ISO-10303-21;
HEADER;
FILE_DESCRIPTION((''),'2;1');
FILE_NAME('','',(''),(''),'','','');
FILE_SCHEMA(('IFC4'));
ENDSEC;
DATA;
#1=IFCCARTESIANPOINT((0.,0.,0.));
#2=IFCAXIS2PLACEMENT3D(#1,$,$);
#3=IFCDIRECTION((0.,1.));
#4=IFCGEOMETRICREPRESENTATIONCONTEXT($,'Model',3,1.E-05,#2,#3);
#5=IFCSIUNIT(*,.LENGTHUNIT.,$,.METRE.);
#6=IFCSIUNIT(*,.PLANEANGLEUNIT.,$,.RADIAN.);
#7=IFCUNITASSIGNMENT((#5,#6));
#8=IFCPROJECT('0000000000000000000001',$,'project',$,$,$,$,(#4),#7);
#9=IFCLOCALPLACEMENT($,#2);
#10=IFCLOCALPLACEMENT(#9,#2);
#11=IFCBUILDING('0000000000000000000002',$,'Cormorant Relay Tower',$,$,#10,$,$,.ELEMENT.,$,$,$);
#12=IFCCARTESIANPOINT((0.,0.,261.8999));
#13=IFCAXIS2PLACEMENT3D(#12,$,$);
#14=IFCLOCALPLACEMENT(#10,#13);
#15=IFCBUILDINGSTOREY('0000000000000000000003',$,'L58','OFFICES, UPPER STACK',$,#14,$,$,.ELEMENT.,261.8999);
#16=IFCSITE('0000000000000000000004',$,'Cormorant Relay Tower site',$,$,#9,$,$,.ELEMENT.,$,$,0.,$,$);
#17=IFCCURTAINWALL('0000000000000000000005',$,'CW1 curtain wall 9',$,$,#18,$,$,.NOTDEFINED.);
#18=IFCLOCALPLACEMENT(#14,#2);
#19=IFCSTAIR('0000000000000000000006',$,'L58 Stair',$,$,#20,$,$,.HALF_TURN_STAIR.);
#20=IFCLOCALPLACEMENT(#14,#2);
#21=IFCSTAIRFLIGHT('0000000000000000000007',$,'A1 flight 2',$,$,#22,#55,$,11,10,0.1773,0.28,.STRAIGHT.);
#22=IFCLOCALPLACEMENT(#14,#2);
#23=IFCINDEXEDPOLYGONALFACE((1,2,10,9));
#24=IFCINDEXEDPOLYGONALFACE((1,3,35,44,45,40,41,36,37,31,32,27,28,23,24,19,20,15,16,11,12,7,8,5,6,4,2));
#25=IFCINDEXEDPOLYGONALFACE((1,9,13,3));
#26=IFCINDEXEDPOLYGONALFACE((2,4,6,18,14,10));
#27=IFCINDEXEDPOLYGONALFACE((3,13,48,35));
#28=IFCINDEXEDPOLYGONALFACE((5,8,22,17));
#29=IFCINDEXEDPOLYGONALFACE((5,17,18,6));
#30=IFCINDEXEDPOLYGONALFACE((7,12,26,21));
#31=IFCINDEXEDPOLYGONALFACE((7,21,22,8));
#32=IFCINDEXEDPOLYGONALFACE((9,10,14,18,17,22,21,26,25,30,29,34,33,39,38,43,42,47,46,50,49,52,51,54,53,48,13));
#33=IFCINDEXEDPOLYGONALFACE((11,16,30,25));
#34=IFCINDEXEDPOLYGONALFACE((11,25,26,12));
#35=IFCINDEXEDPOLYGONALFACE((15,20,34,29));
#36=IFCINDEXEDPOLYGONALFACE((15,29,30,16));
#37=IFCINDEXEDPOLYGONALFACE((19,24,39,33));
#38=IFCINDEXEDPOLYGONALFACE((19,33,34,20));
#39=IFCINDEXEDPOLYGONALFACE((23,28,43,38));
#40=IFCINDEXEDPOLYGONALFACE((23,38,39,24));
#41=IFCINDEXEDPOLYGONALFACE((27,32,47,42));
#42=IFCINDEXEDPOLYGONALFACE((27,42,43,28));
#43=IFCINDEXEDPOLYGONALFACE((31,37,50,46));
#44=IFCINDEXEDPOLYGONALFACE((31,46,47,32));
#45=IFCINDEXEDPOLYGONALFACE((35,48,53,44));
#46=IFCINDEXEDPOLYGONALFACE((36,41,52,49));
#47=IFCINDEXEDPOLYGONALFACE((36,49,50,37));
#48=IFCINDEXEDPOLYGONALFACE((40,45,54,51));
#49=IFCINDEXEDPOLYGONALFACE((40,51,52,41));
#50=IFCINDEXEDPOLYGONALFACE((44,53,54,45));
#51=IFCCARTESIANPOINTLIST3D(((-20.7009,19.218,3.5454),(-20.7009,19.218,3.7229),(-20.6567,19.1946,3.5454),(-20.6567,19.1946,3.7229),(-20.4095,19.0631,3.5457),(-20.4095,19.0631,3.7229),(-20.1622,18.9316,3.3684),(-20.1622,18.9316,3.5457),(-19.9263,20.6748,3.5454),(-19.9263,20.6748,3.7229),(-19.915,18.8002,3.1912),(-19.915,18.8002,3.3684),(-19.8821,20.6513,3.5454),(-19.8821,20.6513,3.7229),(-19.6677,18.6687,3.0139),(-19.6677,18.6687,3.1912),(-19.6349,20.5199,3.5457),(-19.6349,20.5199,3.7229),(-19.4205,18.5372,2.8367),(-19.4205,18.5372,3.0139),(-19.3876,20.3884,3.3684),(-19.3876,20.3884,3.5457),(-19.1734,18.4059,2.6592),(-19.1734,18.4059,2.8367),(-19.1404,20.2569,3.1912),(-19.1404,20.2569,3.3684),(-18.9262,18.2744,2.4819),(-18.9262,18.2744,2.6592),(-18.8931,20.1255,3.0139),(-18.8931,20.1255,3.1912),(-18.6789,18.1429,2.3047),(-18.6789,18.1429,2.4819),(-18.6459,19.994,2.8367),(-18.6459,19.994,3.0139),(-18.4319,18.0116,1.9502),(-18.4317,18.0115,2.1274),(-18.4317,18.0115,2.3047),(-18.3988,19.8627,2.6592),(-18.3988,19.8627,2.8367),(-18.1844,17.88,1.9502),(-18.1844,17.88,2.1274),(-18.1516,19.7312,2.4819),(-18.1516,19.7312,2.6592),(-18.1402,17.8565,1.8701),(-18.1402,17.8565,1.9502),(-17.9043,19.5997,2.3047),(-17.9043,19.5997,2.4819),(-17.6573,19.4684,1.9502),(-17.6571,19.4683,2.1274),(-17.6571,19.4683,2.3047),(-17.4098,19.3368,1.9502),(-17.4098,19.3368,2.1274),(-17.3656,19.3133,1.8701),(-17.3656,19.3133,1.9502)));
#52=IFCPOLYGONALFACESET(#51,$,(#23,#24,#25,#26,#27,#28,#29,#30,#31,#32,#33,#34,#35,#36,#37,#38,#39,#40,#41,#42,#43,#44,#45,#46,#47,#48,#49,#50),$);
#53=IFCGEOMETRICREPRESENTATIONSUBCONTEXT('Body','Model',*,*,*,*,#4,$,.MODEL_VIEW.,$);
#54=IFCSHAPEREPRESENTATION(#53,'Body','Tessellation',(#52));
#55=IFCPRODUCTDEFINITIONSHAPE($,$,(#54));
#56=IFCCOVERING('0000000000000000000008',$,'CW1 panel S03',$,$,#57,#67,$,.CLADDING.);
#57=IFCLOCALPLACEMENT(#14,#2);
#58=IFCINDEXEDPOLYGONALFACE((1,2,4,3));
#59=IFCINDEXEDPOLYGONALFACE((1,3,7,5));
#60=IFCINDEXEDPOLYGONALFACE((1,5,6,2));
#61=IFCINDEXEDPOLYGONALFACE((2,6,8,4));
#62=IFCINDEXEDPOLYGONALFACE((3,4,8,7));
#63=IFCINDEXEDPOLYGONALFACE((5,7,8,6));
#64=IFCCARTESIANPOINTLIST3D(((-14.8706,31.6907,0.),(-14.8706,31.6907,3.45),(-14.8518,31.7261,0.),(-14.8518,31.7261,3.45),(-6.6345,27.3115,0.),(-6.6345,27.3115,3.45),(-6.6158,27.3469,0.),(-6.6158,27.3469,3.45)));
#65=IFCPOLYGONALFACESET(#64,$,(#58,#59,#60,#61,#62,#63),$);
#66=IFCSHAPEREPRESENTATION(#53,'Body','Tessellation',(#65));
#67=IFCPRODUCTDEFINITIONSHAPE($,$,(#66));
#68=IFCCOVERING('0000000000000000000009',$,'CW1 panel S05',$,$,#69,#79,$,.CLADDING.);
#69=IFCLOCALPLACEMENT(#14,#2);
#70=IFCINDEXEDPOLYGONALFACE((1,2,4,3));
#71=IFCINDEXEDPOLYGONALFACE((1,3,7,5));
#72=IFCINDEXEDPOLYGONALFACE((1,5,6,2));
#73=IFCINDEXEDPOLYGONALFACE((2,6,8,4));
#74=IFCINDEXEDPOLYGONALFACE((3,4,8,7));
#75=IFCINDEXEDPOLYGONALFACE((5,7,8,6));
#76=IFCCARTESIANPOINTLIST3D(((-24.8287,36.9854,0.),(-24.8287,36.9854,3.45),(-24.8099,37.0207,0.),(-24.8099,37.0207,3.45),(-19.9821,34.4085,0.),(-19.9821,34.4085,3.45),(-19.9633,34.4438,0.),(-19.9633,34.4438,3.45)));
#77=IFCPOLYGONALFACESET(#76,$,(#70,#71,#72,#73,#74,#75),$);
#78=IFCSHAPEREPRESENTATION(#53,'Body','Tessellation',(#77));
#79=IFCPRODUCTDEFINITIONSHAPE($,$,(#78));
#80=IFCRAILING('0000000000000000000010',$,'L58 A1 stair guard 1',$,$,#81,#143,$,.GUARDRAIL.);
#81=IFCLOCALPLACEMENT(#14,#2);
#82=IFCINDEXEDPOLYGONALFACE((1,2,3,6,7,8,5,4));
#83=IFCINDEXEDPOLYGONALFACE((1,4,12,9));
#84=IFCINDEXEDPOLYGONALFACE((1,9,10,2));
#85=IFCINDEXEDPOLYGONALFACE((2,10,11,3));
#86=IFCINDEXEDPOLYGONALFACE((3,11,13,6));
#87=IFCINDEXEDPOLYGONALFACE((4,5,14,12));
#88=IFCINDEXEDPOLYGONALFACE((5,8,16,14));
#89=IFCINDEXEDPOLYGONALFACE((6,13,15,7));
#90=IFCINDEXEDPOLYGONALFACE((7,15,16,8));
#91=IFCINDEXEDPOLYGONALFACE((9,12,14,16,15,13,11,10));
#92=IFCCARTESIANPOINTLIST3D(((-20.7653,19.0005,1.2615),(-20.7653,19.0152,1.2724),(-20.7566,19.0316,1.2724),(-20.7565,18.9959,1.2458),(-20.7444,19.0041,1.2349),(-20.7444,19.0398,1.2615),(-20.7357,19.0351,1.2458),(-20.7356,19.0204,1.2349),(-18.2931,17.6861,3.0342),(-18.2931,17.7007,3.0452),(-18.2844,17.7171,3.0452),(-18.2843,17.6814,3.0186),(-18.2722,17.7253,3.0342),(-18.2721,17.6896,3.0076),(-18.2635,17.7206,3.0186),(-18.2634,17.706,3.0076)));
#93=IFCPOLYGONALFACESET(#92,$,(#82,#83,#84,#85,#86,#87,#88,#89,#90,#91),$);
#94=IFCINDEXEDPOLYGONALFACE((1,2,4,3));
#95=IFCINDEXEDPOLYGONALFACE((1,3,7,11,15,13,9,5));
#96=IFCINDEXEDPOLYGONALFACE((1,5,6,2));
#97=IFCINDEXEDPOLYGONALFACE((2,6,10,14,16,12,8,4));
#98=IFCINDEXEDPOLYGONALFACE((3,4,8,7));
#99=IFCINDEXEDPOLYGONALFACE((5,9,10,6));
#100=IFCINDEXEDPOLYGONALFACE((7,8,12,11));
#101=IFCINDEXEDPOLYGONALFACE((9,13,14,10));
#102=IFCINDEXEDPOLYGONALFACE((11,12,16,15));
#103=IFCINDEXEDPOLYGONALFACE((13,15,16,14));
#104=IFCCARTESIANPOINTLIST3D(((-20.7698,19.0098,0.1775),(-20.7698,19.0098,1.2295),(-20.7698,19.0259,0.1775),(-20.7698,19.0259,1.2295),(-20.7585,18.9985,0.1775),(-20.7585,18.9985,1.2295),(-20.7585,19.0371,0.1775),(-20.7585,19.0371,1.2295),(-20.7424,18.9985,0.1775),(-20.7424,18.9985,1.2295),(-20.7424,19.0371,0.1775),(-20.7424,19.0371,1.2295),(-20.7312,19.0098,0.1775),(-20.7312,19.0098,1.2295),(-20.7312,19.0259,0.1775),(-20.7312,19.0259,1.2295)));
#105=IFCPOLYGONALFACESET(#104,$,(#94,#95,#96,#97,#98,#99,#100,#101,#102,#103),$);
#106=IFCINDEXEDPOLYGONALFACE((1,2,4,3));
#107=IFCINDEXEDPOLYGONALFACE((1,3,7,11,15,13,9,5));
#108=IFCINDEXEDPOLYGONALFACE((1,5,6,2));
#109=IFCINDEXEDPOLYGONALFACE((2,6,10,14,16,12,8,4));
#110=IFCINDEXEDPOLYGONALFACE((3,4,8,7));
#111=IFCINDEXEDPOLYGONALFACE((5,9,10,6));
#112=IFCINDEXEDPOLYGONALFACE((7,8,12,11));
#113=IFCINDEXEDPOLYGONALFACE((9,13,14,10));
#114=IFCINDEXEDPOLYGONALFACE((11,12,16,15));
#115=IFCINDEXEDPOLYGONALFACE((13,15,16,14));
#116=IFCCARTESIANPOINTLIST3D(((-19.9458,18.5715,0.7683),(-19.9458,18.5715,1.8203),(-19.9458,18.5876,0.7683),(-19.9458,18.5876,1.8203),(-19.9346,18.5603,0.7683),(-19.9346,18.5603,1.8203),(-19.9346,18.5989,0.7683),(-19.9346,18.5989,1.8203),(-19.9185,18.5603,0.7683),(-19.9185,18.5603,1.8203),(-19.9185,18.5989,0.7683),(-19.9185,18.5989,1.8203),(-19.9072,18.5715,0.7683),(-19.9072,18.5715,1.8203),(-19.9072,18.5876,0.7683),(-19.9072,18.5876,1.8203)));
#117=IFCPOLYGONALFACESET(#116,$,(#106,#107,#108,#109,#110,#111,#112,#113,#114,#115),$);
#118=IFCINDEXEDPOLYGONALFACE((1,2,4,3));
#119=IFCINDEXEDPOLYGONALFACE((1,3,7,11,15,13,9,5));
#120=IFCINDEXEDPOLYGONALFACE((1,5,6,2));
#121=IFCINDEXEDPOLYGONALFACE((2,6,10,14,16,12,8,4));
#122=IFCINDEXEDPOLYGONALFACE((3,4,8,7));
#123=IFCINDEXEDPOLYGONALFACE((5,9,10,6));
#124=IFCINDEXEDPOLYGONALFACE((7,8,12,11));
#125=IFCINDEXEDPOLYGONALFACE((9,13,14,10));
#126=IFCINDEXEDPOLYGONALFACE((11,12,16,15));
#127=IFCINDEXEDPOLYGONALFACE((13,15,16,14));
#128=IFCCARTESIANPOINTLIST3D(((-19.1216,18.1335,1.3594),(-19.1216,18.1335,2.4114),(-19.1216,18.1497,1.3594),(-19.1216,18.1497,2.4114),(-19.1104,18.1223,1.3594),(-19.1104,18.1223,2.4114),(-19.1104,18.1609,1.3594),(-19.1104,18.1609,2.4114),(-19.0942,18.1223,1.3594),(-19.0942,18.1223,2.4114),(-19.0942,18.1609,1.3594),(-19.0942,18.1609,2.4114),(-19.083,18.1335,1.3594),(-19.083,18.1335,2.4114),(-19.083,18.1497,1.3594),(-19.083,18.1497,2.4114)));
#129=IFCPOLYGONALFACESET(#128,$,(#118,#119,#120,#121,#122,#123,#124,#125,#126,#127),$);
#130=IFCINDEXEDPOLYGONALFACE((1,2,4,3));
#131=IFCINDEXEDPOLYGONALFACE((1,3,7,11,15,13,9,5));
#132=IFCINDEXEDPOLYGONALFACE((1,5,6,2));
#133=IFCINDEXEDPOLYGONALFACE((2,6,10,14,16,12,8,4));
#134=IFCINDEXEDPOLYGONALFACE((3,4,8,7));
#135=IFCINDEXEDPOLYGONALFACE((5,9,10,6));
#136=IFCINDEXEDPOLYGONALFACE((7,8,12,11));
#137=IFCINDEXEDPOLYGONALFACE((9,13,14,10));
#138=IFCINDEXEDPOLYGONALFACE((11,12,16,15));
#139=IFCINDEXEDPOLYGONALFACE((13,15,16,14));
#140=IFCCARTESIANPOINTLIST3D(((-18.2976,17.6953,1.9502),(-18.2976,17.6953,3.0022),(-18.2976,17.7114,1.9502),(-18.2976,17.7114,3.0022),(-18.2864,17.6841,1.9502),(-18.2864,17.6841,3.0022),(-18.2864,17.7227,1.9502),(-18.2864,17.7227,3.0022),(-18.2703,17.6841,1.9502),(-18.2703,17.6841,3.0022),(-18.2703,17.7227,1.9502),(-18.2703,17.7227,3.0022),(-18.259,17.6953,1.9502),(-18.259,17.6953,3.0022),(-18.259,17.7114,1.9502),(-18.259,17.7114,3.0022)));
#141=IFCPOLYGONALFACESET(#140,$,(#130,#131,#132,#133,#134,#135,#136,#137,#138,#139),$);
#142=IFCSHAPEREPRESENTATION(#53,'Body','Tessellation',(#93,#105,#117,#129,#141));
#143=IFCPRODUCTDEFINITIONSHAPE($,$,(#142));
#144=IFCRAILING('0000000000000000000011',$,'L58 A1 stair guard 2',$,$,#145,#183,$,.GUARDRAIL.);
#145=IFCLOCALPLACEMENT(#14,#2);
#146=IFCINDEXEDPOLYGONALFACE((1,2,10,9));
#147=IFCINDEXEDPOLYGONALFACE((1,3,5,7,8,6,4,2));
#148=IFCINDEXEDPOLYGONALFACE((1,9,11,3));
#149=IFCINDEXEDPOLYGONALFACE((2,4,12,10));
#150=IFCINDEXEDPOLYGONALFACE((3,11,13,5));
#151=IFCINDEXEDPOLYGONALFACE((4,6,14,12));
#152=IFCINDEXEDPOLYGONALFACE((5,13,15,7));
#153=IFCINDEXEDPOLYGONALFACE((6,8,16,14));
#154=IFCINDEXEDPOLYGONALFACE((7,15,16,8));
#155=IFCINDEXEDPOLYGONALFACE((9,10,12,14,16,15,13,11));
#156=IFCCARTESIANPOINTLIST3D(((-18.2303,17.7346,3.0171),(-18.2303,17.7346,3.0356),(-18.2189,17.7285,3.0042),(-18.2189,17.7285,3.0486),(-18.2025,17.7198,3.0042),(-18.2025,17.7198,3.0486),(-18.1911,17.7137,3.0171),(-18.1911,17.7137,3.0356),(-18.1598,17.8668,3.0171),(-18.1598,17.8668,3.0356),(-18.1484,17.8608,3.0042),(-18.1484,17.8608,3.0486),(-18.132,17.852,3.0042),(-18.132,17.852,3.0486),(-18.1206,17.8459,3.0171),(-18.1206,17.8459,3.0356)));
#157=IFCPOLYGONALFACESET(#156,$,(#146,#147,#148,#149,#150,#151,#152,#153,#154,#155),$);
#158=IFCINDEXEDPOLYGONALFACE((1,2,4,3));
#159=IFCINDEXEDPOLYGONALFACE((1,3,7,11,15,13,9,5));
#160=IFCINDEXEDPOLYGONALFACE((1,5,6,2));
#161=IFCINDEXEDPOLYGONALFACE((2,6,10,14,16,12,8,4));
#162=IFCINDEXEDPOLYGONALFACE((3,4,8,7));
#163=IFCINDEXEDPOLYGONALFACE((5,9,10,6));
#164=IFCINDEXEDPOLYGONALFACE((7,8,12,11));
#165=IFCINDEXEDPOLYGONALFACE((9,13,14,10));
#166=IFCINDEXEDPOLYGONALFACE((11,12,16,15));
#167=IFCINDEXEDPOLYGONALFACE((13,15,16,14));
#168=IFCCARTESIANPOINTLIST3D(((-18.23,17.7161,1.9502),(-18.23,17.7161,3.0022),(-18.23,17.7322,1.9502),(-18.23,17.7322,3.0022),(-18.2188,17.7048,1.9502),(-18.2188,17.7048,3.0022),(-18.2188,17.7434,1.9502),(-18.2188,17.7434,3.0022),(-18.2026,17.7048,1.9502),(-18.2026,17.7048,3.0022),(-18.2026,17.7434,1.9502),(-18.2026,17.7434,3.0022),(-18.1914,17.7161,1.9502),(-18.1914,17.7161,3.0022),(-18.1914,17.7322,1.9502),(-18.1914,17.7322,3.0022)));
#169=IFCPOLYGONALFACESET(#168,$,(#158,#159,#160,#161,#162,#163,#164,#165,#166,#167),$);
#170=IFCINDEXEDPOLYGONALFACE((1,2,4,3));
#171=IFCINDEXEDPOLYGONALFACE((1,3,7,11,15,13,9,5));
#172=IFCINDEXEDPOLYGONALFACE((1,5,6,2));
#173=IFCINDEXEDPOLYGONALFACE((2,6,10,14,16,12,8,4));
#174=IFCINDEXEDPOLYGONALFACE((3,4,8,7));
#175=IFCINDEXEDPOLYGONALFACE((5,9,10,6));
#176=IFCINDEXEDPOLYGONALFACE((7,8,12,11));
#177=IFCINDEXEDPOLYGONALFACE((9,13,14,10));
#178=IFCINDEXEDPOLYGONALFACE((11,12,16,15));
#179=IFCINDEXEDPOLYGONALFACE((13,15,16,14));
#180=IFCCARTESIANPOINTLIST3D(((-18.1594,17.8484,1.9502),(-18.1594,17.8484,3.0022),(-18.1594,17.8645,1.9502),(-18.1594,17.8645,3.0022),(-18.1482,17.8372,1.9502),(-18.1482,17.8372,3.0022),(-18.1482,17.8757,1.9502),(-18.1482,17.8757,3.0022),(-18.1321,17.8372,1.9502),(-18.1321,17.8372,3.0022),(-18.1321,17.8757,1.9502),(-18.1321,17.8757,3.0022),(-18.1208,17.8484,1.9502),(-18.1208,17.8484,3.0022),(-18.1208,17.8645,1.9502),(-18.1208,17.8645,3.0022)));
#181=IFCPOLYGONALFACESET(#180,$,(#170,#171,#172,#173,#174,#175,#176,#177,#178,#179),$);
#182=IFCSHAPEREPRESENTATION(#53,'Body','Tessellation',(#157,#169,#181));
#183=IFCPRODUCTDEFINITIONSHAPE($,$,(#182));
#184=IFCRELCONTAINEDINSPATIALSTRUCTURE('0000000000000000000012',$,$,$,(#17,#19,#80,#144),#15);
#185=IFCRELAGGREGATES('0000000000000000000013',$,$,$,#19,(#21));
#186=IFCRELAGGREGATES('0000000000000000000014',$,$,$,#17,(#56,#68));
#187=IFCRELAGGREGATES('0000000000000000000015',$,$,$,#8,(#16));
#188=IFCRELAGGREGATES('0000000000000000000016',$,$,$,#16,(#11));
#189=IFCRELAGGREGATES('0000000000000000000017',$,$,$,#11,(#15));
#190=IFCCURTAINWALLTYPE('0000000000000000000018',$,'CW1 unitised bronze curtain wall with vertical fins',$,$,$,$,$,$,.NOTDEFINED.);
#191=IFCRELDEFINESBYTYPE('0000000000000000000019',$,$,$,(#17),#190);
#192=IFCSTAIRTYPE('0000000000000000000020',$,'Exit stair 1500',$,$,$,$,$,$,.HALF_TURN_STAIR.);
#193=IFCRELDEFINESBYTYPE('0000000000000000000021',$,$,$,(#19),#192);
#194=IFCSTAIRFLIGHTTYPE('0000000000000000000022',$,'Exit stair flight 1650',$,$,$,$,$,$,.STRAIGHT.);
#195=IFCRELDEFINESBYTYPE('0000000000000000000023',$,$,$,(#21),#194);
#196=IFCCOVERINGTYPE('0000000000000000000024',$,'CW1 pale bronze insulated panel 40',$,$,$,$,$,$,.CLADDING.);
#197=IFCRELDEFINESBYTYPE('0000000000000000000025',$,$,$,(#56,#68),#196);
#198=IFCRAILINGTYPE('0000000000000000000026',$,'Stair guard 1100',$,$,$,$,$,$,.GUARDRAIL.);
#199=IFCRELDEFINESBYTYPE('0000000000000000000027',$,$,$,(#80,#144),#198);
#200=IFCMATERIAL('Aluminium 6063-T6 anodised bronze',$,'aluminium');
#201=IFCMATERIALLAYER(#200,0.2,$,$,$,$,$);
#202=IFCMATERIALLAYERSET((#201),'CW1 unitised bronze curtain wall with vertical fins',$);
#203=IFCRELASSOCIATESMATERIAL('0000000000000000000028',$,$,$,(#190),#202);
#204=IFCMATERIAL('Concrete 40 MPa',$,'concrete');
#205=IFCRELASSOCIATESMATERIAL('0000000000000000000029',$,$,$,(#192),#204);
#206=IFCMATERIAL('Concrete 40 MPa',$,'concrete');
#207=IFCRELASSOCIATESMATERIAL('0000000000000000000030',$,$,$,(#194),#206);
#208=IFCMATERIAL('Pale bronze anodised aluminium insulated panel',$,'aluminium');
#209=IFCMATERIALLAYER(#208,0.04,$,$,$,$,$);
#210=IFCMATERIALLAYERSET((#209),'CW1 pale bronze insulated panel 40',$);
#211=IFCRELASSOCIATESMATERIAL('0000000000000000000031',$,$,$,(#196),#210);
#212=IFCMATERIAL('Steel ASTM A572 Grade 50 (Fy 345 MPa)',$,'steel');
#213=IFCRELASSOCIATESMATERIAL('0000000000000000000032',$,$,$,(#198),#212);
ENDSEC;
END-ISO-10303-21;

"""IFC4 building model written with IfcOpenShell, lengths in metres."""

from ifc_helpers import new_model, si_unit, direction, frame, origin, origin_2d, place, context, subcontext, project, spatial, polyline, rectangle, outline, extrude, material, layer, layer_set, type_object, element, aggregate, save


model = new_model("IFC4")

# Units and contexts
model_context = context("Model", 3, precision=1e-05, world=origin(), true_north=direction((0.0, 1.0)))
body_context = subcontext(model_context, "Body", "Model", "MODEL_VIEW")
ifc_project = project(units=[si_unit("LENGTHUNIT", "METRE"), si_unit("PLANEANGLEUNIT", "RADIAN")], contexts=[model_context])

# Site, building, storey
site_placement = place(None, origin())
site = spatial("IfcSite", under=ifc_project, at=site_placement, Name="Cormorant Relay Tower site", CompositionType="ELEMENT", RefElevation=0.0)
building_placement = place(site_placement, origin())
building = spatial("IfcBuilding", under=site, at=building_placement, Name="Cormorant Relay Tower", CompositionType="ELEMENT")
storey_placement = place(building_placement, frame((0.0, 0.0, 261.8999)))
storey = spatial("IfcBuildingStorey", under=building, at=storey_placement, Name="L58", Description="OFFICES, UPPER STACK", CompositionType="ELEMENT", Elevation=261.8999)

# Curtain wall
ifc_material_1 = material(Name="Aluminium 6063-T6 anodised bronze", Category="aluminium")
ifc_layer_1 = layer(ifc_material_1, 0.2)
ifc_layer_set_1 = layer_set([ifc_layer_1], Name="CW1 unitised bronze curtain wall with vertical fins")
curtain_wall_type = type_object("IfcCurtainWallType", Name="CW1 unitised bronze curtain wall with vertical fins", PredefinedType="NOTDEFINED", material=ifc_layer_set_1)
curtain_wall_placement = place(storey_placement, origin())
curtain_wall = element("IfcCurtainWall", 1, at=curtain_wall_placement, inside=storey, type_object=curtain_wall_type, Name="CW1 curtain wall 9", PredefinedType="NOTDEFINED")

# Stair, stair flight
ifc_material_2 = material(Name="Concrete 40 MPa", Category="concrete")
stair_type = type_object("IfcStairType", Name="Exit stair 1500", PredefinedType="HALF_TURN_STAIR", material=ifc_material_2)
stair_placement = place(storey_placement, origin())
stair = element("IfcStair", 2, at=stair_placement, inside=storey, type_object=stair_type, Name="L58 Stair", PredefinedType="HALF_TURN_STAIR")
ifc_material_3 = material(Name="Concrete 40 MPa", Category="concrete")
stair_flight_type = type_object("IfcStairFlightType", Name="Exit stair flight 1650", PredefinedType="STRAIGHT", material=ifc_material_3)
stair_flight_1_placement = place(storey_placement, frame((-17.7971, 18.6084, 1.9502), z_axis=(0.0, 0.0, 1.0), x_axis=(-0.882948, 0.469472, 0.0)))
stair_flight_1 = element("IfcStairFlight", 3, at=stair_flight_1_placement, type_object=stair_flight_type, Name="A1 flight 2", NumberOfRisers=11, NumberOfTreads=10, PredefinedType="STRAIGHT", RiserHeight=0.1773, TreadLength=0.28, context=body_context, shape_type="SweptSolid", body=[
    extrude(outline(polyline([(-0.05, -0.0801), (-0.05, 0.0), (0.0, 0.0), (0.0, 0.1772), (0.28, 0.1772), (0.28, 0.3545), (0.5601, 0.3545), (0.5601, 0.5317), (0.8401, 0.5317), (0.8401, 0.709), (1.1201, 0.709), (1.1201, 0.8865), (1.3999, 0.8865), (1.3999, 1.0637), (1.6799, 1.0637), (1.6799, 1.241), (1.96, 1.241), (1.96, 1.4182), (2.24, 1.4182), (2.24, 1.5955), (2.52, 1.5955), (2.52, 1.7727), (2.8, 1.7727), (2.8501, 1.7727), (2.8501, 1.5952), (2.8, 1.5952), (0.2803, 0.0), (-0.05, -0.0801)])), frame((0.0, 0.825, 0.0), z_axis=(0.0, -1.0, 0.0), x_axis=(1.0, 0.0, 0.0)), (0.0, 0.0, 1.0), 1.6499),
])
aggregate(stair, [stair_flight_1])

# Coverings
ifc_material_4 = material(Name="Pale bronze anodised aluminium insulated panel", Category="aluminium")
ifc_layer_2 = layer(ifc_material_4, 0.04)
ifc_layer_set_2 = layer_set([ifc_layer_2], Name="CW1 pale bronze insulated panel 40")
covering_type = type_object("IfcCoveringType", Name="CW1 pale bronze insulated panel 40", PredefinedType="CLADDING", material=ifc_layer_set_2)
covering_1_placement = place(storey_placement, frame((-10.7432, 29.5188, 0.0), z_axis=(0.0, 0.0, 1.0), x_axis=(-0.882948, 0.469472, 0.0)))
covering_1 = element("IfcCovering", 4, at=covering_1_placement, type_object=covering_type, Name="CW1 panel S03", PredefinedType="CLADDING", context=body_context, shape_type="SweptSolid", body=[
    extrude(rectangle(XDim=9.3279, YDim=0.04, at=origin_2d()), origin(), (0.0, 0.0, 1.0), 3.45),
])
covering_2_placement = place(storey_placement, frame((-22.396, 35.7146, 0.0), z_axis=(0.0, 0.0, 1.0), x_axis=(-0.882948, 0.469472, 0.0)))
covering_2 = element("IfcCovering", 5, at=covering_2_placement, type_object=covering_type, Name="CW1 panel S05", PredefinedType="CLADDING", context=body_context, shape_type="SweptSolid", body=[
    extrude(rectangle(XDim=5.489, YDim=0.04, at=origin_2d()), origin(), (0.0, 0.0, 1.0), 3.45),
])
aggregate(curtain_wall, [covering_1, covering_2])

# Railings
ifc_material_5 = material(Name="Steel ASTM A572 Grade 50 (Fy 345 MPa)", Category="steel")
railing_type_1 = type_object("IfcRailingType", Name="Stair guard 1100", PredefinedType="GUARDRAIL", material=ifc_material_5)
railing_1_placement = place(storey_placement, frame((-20.7505, 19.0178, 0.1775)))
element("IfcRailing", 6, at=railing_1_placement, inside=storey, type_object=railing_type_1, Name="L58 A1 stair guard 1", PredefinedType="GUARDRAIL", context=body_context, shape_type="SweptSolid", body=[
    extrude(outline(polyline([(0.0222, 0.0093), (0.0093, 0.0222), (-0.0093, 0.0222), (-0.0222, 0.0093), (-0.0222, -0.0093), (-0.0093, -0.0222), (0.0093, -0.0222), (0.0222, -0.0093), (0.0222, 0.0093)])), frame((0.0, 0.0, 1.0762), z_axis=(0.746001, -0.396649, 0.534931), x_axis=(0.469465, 0.882951, 0.0)), (0.0, 0.0, 1.0), 3.314),
    extrude(outline(polyline([(0.0193, 0.0081), (0.0081, 0.0193), (-0.0081, 0.0193), (-0.0193, 0.0081), (-0.0193, -0.0081), (-0.0081, -0.0193), (0.0081, -0.0193), (0.0193, -0.0081), (0.0193, 0.0081)])), origin(), (0.0, 0.0, 1.0), 1.052),
    extrude(outline(polyline([(0.0193, 0.0081), (0.0081, 0.0193), (-0.0081, 0.0193), (-0.0193, 0.0081), (-0.0193, -0.0081), (-0.0081, -0.0193), (0.0081, -0.0193), (0.0193, -0.0081), (0.0193, 0.0081)])), frame((0.824, -0.4382, 0.5908)), (0.0, 0.0, 1.0), 1.052),
    extrude(outline(polyline([(0.0193, 0.0081), (0.0081, 0.0193), (-0.0081, 0.0193), (-0.0193, 0.0081), (-0.0193, -0.0081), (-0.0081, -0.0193), (0.0081, -0.0193), (0.0193, -0.0081), (0.0193, 0.0081)])), frame((1.6482, -0.8762, 1.1819)), (0.0, 0.0, 1.0), 1.052),
    extrude(outline(polyline([(0.0193, 0.0081), (0.0081, 0.0193), (-0.0081, 0.0193), (-0.0193, 0.0081), (-0.0193, -0.0081), (-0.0081, -0.0193), (0.0081, -0.0193), (0.0193, -0.0081), (0.0193, 0.0081)])), frame((2.4722, -1.3145, 1.7727)), (0.0, 0.0, 1.0), 1.052),
])
railing_2_placement = place(storey_placement, frame((-18.2107, 17.7241, 1.9502)))
element("IfcRailing", 7, at=railing_2_placement, inside=storey, type_object=railing_type_1, Name="L58 A1 stair guard 2", PredefinedType="GUARDRAIL", context=body_context, shape_type="SweptSolid", body=[
    extrude(outline(polyline([(0.0222, 0.0093), (0.0093, 0.0222), (-0.0093, 0.0222), (-0.0222, 0.0093), (-0.0222, -0.0093), (-0.0093, -0.0222), (0.0093, -0.0222), (0.0222, -0.0093), (0.0222, 0.0093)])), frame((0.0, 0.0, 1.0762), z_axis=(0.470504, 0.882398, 0.0), x_axis=(-0.882398, 0.470504, 0.0)), (0.0, 0.0, 1.0), 0.1499),
    extrude(outline(polyline([(0.0193, 0.0081), (0.0081, 0.0193), (-0.0081, 0.0193), (-0.0193, 0.0081), (-0.0193, -0.0081), (-0.0081, -0.0193), (0.0081, -0.0193), (0.0193, -0.0081), (0.0193, 0.0081)])), origin(), (0.0, 0.0, 1.0), 1.052),
    extrude(outline(polyline([(0.0193, 0.0081), (0.0081, 0.0193), (-0.0081, 0.0193), (-0.0193, 0.0081), (-0.0193, -0.0081), (-0.0081, -0.0193), (0.0081, -0.0193), (0.0193, -0.0081), (0.0193, 0.0081)])), frame((0.0706, 0.1323, 0.0)), (0.0, 0.0, 1.0), 1.052),
])

save(model, "model.ifc")
